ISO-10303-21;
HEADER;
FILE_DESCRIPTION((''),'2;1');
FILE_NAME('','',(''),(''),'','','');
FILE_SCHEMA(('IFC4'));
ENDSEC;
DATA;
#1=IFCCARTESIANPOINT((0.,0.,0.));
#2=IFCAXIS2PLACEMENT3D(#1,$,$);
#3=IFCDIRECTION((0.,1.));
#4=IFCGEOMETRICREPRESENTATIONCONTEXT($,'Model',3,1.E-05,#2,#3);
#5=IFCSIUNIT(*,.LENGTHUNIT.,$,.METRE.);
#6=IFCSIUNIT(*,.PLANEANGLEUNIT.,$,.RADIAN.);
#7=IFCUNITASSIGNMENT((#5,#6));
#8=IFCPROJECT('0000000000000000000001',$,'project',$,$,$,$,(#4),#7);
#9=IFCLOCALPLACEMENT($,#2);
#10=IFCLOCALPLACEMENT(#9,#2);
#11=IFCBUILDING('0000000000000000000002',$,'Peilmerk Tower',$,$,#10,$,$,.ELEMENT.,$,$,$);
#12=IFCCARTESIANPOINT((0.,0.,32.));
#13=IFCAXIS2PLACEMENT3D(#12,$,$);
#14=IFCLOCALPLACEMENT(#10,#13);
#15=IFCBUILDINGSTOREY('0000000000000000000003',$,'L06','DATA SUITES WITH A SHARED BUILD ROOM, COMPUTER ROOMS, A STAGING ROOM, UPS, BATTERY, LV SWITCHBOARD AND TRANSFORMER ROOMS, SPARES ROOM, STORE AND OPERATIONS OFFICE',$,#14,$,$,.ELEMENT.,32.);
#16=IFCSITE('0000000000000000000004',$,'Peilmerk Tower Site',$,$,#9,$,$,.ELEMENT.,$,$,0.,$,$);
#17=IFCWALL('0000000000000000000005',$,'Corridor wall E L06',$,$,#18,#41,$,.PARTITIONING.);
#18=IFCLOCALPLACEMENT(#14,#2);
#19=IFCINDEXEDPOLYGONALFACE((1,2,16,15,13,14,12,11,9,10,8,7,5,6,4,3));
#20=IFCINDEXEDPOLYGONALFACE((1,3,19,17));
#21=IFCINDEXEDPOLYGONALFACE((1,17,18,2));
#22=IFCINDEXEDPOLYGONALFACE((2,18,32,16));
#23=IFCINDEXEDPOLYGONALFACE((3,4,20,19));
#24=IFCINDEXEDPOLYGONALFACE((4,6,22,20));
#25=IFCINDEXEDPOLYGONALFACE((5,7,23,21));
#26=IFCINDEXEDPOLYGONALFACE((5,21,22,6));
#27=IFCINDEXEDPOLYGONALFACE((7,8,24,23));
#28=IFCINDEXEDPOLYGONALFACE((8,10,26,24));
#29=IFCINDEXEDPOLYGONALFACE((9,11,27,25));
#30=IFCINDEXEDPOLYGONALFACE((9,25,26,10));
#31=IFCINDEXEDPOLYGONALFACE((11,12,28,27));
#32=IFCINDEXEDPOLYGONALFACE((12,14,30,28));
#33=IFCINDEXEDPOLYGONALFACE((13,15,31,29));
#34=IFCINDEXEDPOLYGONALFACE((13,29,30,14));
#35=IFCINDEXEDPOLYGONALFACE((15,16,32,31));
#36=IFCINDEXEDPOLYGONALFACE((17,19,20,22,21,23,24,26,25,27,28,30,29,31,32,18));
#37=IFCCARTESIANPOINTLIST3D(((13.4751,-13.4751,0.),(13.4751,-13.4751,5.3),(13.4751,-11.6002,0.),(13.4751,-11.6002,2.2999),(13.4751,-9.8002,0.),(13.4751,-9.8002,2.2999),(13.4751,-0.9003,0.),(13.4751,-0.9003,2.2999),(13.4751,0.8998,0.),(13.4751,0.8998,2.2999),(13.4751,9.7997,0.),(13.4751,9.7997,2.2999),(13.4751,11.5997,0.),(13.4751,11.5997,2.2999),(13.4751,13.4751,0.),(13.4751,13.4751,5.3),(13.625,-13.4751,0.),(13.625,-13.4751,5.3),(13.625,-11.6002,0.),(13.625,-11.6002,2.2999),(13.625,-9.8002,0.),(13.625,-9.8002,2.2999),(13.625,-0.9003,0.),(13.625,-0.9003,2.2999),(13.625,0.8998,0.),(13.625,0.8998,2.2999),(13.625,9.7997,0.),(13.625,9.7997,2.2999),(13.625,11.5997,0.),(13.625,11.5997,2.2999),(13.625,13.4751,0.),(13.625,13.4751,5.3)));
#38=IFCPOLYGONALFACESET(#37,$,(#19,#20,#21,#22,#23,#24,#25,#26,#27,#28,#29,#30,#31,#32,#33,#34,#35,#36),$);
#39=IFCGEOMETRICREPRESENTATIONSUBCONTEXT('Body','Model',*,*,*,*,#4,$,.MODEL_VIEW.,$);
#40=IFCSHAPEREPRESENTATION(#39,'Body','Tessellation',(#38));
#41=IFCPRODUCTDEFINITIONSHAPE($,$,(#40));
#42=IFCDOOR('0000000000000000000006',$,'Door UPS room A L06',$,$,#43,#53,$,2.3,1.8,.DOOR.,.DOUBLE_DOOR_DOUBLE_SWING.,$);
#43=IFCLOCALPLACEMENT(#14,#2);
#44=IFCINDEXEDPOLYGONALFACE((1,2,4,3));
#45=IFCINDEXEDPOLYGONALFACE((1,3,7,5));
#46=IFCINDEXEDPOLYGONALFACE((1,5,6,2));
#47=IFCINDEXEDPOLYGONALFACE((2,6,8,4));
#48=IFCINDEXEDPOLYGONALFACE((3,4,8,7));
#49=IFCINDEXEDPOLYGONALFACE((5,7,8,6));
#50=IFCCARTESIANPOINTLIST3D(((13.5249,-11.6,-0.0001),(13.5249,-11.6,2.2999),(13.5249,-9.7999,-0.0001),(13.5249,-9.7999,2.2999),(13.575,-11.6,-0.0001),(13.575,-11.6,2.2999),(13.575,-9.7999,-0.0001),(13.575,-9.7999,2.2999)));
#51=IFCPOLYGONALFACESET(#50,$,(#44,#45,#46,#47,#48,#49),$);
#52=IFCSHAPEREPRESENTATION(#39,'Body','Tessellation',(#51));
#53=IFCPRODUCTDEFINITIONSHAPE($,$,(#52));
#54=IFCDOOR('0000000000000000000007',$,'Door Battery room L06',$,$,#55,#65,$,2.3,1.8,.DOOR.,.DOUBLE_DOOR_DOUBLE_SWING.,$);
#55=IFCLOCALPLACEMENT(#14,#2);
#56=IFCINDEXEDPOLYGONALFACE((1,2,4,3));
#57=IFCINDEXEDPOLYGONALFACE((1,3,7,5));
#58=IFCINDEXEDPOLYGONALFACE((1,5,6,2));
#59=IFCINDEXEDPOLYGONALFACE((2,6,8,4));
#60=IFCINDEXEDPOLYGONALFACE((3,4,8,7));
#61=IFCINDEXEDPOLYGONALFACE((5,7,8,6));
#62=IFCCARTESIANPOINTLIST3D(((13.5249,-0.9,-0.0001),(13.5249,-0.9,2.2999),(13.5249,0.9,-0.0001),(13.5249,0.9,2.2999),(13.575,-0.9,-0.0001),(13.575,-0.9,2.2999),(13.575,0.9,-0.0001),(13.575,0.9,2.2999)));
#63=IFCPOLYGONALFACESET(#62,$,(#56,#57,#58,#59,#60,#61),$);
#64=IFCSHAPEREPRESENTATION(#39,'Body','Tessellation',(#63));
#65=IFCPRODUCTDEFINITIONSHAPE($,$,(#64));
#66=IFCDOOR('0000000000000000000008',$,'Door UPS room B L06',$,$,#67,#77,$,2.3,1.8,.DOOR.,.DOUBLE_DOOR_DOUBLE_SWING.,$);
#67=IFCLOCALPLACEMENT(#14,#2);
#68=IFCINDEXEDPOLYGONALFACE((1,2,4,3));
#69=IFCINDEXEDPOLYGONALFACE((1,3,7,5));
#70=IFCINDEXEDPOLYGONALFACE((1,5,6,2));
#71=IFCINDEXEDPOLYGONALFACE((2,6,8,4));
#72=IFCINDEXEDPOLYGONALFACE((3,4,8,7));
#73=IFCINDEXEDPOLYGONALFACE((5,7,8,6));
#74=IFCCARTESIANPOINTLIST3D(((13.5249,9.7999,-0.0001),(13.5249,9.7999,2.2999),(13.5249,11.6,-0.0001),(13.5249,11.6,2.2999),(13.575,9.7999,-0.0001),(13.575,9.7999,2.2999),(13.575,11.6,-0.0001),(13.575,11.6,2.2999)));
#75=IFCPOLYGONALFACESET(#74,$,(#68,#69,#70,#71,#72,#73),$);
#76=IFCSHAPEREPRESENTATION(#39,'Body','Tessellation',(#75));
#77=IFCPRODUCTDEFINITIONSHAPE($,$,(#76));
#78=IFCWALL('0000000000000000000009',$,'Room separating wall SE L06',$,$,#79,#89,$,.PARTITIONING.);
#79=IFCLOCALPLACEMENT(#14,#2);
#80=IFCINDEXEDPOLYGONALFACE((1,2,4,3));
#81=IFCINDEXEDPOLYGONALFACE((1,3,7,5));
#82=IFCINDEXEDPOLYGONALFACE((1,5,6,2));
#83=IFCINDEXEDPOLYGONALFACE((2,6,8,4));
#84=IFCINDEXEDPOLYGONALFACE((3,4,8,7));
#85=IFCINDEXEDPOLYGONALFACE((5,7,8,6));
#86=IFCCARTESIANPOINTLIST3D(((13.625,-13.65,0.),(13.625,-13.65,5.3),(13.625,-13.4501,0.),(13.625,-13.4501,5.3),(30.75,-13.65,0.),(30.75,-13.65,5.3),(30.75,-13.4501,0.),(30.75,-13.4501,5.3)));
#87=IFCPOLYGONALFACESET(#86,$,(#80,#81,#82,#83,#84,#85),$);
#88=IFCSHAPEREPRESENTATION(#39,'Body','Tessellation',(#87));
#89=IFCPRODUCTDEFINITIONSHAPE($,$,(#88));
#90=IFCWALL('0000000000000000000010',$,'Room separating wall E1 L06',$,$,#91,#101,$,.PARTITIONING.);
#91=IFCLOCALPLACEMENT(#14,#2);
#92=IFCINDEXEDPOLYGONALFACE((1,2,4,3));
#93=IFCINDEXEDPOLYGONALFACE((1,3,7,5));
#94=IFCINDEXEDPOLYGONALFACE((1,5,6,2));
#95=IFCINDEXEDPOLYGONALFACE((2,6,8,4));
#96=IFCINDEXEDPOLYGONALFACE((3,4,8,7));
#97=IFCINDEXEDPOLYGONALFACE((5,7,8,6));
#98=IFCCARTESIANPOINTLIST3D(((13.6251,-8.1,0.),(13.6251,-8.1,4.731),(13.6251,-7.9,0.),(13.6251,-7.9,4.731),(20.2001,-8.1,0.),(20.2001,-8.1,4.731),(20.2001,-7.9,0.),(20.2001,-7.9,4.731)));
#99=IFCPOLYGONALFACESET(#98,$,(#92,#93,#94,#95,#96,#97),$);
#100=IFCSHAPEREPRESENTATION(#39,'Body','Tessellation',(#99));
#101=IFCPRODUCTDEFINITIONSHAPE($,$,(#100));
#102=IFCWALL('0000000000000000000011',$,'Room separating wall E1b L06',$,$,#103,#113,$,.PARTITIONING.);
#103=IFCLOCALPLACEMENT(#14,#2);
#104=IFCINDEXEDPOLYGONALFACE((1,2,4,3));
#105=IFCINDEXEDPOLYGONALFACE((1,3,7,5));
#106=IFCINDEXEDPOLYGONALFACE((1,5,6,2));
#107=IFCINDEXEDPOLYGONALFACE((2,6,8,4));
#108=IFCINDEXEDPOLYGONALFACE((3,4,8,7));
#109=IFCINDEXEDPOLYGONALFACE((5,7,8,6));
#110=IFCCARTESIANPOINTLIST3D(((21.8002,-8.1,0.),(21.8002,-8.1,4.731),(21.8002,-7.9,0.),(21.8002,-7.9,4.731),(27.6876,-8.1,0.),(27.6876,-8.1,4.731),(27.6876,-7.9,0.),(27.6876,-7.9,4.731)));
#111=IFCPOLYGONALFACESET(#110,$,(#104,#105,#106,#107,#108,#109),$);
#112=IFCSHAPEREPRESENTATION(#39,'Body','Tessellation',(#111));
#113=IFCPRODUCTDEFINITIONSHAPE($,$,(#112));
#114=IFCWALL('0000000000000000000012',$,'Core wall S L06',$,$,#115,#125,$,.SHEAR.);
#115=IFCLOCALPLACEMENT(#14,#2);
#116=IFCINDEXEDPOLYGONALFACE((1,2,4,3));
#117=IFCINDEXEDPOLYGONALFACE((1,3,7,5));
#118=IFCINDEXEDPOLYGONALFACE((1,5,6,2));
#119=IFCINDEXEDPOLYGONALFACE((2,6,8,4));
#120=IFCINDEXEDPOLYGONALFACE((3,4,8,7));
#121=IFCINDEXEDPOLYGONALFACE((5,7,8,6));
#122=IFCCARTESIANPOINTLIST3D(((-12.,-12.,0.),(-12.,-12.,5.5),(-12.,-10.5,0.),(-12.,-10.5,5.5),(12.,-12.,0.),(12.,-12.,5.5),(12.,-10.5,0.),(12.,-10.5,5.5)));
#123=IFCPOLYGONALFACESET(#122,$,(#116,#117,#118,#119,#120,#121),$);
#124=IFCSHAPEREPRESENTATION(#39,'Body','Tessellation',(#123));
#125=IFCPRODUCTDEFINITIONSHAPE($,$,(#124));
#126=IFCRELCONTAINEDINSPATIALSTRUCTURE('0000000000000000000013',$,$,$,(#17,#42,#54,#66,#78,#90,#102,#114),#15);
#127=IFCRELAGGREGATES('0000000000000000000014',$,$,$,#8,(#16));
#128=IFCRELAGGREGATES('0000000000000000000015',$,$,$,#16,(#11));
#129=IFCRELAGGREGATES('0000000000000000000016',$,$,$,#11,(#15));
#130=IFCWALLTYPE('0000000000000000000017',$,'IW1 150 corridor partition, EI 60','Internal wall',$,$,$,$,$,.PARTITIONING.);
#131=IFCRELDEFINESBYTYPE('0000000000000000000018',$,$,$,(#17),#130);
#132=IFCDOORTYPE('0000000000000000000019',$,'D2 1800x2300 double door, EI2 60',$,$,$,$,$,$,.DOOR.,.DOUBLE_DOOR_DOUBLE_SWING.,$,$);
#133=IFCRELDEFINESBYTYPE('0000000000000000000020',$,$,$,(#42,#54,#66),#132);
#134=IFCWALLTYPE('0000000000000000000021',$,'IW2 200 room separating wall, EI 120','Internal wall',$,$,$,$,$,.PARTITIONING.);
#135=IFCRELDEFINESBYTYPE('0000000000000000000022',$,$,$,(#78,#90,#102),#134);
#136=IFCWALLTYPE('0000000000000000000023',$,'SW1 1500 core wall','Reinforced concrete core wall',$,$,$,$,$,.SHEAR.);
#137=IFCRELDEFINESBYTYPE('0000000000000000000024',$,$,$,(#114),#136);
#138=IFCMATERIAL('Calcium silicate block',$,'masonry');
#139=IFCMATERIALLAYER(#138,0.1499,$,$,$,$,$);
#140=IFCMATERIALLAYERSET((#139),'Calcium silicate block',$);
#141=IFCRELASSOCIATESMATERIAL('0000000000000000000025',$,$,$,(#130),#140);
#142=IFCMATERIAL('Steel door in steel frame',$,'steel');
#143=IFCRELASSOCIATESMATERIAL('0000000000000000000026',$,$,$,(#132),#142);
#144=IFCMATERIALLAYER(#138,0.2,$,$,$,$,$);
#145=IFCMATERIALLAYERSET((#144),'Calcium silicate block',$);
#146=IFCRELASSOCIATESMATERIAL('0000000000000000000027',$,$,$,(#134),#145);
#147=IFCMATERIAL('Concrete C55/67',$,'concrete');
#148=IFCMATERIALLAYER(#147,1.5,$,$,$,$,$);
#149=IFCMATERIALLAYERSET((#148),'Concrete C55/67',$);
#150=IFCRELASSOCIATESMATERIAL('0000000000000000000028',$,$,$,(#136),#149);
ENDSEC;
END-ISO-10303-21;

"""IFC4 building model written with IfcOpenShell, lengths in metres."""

from ifc_helpers import new_model, si_unit, direction, frame, frame_2d, origin, place, context, subcontext, project, spatial, rectangle, extrude, material, layer, layer_set, type_object, element, fill, save


model = new_model("IFC4")

# Units and contexts
model_context = context("Model", 3, precision=1e-05, world=origin(), true_north=direction((0.0, 1.0)))
body_context = subcontext(model_context, "Body", "Model", "MODEL_VIEW")
ifc_project = project(units=[si_unit("LENGTHUNIT", "METRE"), si_unit("PLANEANGLEUNIT", "RADIAN")], contexts=[model_context])

# Site, building, storey
site_placement = place(None, origin())
site = spatial("IfcSite", under=ifc_project, at=site_placement, Name="Peilmerk Tower Site", CompositionType="ELEMENT", RefElevation=0.0)
building_placement = place(site_placement, origin())
building = spatial("IfcBuilding", under=site, at=building_placement, Name="Peilmerk Tower", CompositionType="ELEMENT")
storey_placement = place(building_placement, frame((0.0, 0.0, 32.0)))
storey = spatial("IfcBuildingStorey", under=building, at=storey_placement, Name="L06", Description="DATA SUITES WITH A SHARED BUILD ROOM, COMPUTER ROOMS, A STAGING ROOM, UPS, BATTERY, LV SWITCHBOARD AND TRANSFORMER ROOMS, SPARES ROOM, STORE AND OPERATIONS OFFICE", CompositionType="ELEMENT", Elevation=32.0)

# Wall, openings, doors
ifc_material_1 = material(Name="Calcium silicate block", Category="masonry")
ifc_layer_1 = layer(ifc_material_1, 0.1499)
ifc_layer_set_1 = layer_set([ifc_layer_1], Name="Calcium silicate block")
wall_type_1 = type_object("IfcWallType", Name="IW1 150 corridor partition, EI 60", Description="Internal wall", PredefinedType="PARTITIONING", material=ifc_layer_set_1)
ifc_material_2 = material(Name="Steel door in steel frame", Category="steel")
door_type_1 = type_object("IfcDoorType", Name="D2 1800x2300 double door, EI2 60", OperationType="DOUBLE_DOOR_DOUBLE_SWING", PredefinedType="DOOR", material=ifc_material_2)
wall_1_placement = place(storey_placement, frame((13.55, -13.4751, 0.0), z_axis=(0.0, 0.0, 1.0), x_axis=(0.0, 1.0, 0.0)))
wall_1 = element("IfcWall", 1, at=wall_1_placement, inside=storey, type_object=wall_type_1, Name="Corridor wall E L06", PredefinedType="PARTITIONING", context=body_context, shape_type="SweptSolid", body=[
    extrude(rectangle(XDim=26.9502, YDim=0.1499, at=frame_2d((13.4751, 0.0))), origin(), (0.0, 0.0, 1.0), 5.3),
])
opening_1_placement = place(wall_1_placement, frame((1.875, 0.0, 0.0)))
opening_1 = element("IfcOpeningElement", 2, at=opening_1_placement, cuts=wall_1, PredefinedType="OPENING", context=body_context, shape_type="SweptSolid", body=[
    extrude(rectangle(XDim=1.8, YDim=2.3, at=frame_2d((0.8999, 1.1499))), frame((0.0, 0.085, 0.0), z_axis=(0.0, -1.0, 0.0), x_axis=(1.0, 0.0, 0.0)), (0.0, 0.0, 1.0), 0.1699),
])
opening_2_placement = place(wall_1_placement, frame((12.575, 0.0, 0.0)))
opening_2 = element("IfcOpeningElement", 3, at=opening_2_placement, cuts=wall_1, PredefinedType="OPENING", context=body_context, shape_type="SweptSolid", body=[
    extrude(rectangle(XDim=1.8, YDim=2.3, at=frame_2d((0.8999, 1.1499))), frame((0.0, 0.085, 0.0), z_axis=(0.0, -1.0, 0.0), x_axis=(1.0, 0.0, 0.0)), (0.0, 0.0, 1.0), 0.1699),
])
opening_3_placement = place(wall_1_placement, frame((23.2749, 0.0, 0.0)))
opening_3 = element("IfcOpeningElement", 4, at=opening_3_placement, cuts=wall_1, PredefinedType="OPENING", context=body_context, shape_type="SweptSolid", body=[
    extrude(rectangle(XDim=1.8, YDim=2.3, at=frame_2d((0.8999, 1.1499))), frame((0.0, 0.085, 0.0), z_axis=(0.0, -1.0, 0.0), x_axis=(1.0, 0.0, 0.0)), (0.0, 0.0, 1.0), 0.1699),
])
door_1_placement = place(opening_1_placement, frame((1.8, 0.0, 0.0), z_axis=(0.0, 0.0, 1.0), x_axis=(-1.0, 0.0, 0.0)))
door_1 = element("IfcDoor", 5, at=door_1_placement, inside=storey, type_object=door_type_1, Name="Door UPS room A L06", OperationType="DOUBLE_DOOR_DOUBLE_SWING", OverallHeight=2.3, OverallWidth=1.8, PredefinedType="DOOR", context=body_context, shape_type="SweptSolid", body=[
    extrude(rectangle(XDim=1.8, YDim=2.3, at=frame_2d((0.8999, 1.1499))), frame((0.0, 0.0249, 0.0), z_axis=(0.0, -1.0, 0.0), x_axis=(1.0, 0.0, 0.0)), (0.0, 0.0, 1.0), 0.05),
])
fill(opening_1, door_1)
door_2_placement = place(opening_2_placement, frame((1.8, 0.0, 0.0), z_axis=(0.0, 0.0, 1.0), x_axis=(-1.0, 0.0, 0.0)))
door_2 = element("IfcDoor", 6, at=door_2_placement, inside=storey, type_object=door_type_1, Name="Door Battery room L06", OperationType="DOUBLE_DOOR_DOUBLE_SWING", OverallHeight=2.3, OverallWidth=1.8, PredefinedType="DOOR", context=body_context, shape_type="SweptSolid", body=[
    extrude(rectangle(XDim=1.8, YDim=2.3, at=frame_2d((0.8999, 1.1499))), frame((0.0, 0.0249, 0.0), z_axis=(0.0, -1.0, 0.0), x_axis=(1.0, 0.0, 0.0)), (0.0, 0.0, 1.0), 0.05),
])
fill(opening_2, door_2)
door_3_placement = place(opening_3_placement, frame((1.8, 0.0, 0.0), z_axis=(0.0, 0.0, 1.0), x_axis=(-1.0, 0.0, 0.0)))
door_3 = element("IfcDoor", 7, at=door_3_placement, inside=storey, type_object=door_type_1, Name="Door UPS room B L06", OperationType="DOUBLE_DOOR_DOUBLE_SWING", OverallHeight=2.3, OverallWidth=1.8, PredefinedType="DOOR", context=body_context, shape_type="SweptSolid", body=[
    extrude(rectangle(XDim=1.8, YDim=2.3, at=frame_2d((0.8999, 1.1499))), frame((0.0, 0.0249, 0.0), z_axis=(0.0, -1.0, 0.0), x_axis=(1.0, 0.0, 0.0)), (0.0, 0.0, 1.0), 0.05),
])
fill(opening_3, door_3)

# Walls
ifc_layer_2 = layer(ifc_material_1, 0.2)
ifc_layer_set_2 = layer_set([ifc_layer_2], Name="Calcium silicate block")
wall_type_2 = type_object("IfcWallType", Name="IW2 200 room separating wall, EI 120", Description="Internal wall", PredefinedType="PARTITIONING", material=ifc_layer_set_2)
wall_2_placement = place(storey_placement, frame((30.75, -13.55, 0.0), z_axis=(0.0, 0.0, 1.0), x_axis=(-1.0, 0.0, 0.0)))
element("IfcWall", 8, at=wall_2_placement, inside=storey, type_object=wall_type_2, Name="Room separating wall SE L06", PredefinedType="PARTITIONING", context=body_context, shape_type="SweptSolid", body=[
    extrude(rectangle(XDim=17.125, YDim=0.2, at=frame_2d((8.5625, 0.0))), origin(), (0.0, 0.0, 1.0), 5.3),
])
wall_3_placement = place(storey_placement, frame((13.625, -8.0, 0.0), z_axis=(0.0, 0.0, 1.0), x_axis=(1.0, 0.0, 0.0)))
element("IfcWall", 9, at=wall_3_placement, inside=storey, type_object=wall_type_2, Name="Room separating wall E1 L06", PredefinedType="PARTITIONING", context=body_context, shape_type="SweptSolid", body=[
    extrude(rectangle(XDim=6.575, YDim=0.2, at=frame_2d((3.2876, 0.0))), origin(), (0.0, 0.0, 1.0), 4.731),
])
wall_4_placement = place(storey_placement, frame((21.8, -8.0, 0.0), z_axis=(0.0, 0.0, 1.0), x_axis=(1.0, 0.0, 0.0)))
element("IfcWall", 10, at=wall_4_placement, inside=storey, type_object=wall_type_2, Name="Room separating wall E1b L06", PredefinedType="PARTITIONING", context=body_context, shape_type="SweptSolid", body=[
    extrude(rectangle(XDim=5.8875, YDim=0.2, at=frame_2d((2.9438, 0.0))), origin(), (0.0, 0.0, 1.0), 4.731),
])
ifc_material_3 = material(Name="Concrete C55/67", Category="concrete")
ifc_layer_3 = layer(ifc_material_3, 1.5)
ifc_layer_set_3 = layer_set([ifc_layer_3], Name="Concrete C55/67")
wall_type_3 = type_object("IfcWallType", Name="SW1 1500 core wall", Description="Reinforced concrete core wall", PredefinedType="SHEAR", material=ifc_layer_set_3)
wall_5_placement = place(storey_placement, frame((12.0, -11.25, 0.0), z_axis=(0.0, 0.0, 1.0), x_axis=(-1.0, 0.0, 0.0)))
element("IfcWall", 11, at=wall_5_placement, inside=storey, type_object=wall_type_3, Name="Core wall S L06", PredefinedType="SHEAR", context=body_context, shape_type="SweptSolid", body=[
    extrude(rectangle(XDim=24.0, YDim=1.5, at=frame_2d((12.0, 0.0))), origin(), (0.0, 0.0, 1.0), 5.5),
])

save(model, "model.ifc")
